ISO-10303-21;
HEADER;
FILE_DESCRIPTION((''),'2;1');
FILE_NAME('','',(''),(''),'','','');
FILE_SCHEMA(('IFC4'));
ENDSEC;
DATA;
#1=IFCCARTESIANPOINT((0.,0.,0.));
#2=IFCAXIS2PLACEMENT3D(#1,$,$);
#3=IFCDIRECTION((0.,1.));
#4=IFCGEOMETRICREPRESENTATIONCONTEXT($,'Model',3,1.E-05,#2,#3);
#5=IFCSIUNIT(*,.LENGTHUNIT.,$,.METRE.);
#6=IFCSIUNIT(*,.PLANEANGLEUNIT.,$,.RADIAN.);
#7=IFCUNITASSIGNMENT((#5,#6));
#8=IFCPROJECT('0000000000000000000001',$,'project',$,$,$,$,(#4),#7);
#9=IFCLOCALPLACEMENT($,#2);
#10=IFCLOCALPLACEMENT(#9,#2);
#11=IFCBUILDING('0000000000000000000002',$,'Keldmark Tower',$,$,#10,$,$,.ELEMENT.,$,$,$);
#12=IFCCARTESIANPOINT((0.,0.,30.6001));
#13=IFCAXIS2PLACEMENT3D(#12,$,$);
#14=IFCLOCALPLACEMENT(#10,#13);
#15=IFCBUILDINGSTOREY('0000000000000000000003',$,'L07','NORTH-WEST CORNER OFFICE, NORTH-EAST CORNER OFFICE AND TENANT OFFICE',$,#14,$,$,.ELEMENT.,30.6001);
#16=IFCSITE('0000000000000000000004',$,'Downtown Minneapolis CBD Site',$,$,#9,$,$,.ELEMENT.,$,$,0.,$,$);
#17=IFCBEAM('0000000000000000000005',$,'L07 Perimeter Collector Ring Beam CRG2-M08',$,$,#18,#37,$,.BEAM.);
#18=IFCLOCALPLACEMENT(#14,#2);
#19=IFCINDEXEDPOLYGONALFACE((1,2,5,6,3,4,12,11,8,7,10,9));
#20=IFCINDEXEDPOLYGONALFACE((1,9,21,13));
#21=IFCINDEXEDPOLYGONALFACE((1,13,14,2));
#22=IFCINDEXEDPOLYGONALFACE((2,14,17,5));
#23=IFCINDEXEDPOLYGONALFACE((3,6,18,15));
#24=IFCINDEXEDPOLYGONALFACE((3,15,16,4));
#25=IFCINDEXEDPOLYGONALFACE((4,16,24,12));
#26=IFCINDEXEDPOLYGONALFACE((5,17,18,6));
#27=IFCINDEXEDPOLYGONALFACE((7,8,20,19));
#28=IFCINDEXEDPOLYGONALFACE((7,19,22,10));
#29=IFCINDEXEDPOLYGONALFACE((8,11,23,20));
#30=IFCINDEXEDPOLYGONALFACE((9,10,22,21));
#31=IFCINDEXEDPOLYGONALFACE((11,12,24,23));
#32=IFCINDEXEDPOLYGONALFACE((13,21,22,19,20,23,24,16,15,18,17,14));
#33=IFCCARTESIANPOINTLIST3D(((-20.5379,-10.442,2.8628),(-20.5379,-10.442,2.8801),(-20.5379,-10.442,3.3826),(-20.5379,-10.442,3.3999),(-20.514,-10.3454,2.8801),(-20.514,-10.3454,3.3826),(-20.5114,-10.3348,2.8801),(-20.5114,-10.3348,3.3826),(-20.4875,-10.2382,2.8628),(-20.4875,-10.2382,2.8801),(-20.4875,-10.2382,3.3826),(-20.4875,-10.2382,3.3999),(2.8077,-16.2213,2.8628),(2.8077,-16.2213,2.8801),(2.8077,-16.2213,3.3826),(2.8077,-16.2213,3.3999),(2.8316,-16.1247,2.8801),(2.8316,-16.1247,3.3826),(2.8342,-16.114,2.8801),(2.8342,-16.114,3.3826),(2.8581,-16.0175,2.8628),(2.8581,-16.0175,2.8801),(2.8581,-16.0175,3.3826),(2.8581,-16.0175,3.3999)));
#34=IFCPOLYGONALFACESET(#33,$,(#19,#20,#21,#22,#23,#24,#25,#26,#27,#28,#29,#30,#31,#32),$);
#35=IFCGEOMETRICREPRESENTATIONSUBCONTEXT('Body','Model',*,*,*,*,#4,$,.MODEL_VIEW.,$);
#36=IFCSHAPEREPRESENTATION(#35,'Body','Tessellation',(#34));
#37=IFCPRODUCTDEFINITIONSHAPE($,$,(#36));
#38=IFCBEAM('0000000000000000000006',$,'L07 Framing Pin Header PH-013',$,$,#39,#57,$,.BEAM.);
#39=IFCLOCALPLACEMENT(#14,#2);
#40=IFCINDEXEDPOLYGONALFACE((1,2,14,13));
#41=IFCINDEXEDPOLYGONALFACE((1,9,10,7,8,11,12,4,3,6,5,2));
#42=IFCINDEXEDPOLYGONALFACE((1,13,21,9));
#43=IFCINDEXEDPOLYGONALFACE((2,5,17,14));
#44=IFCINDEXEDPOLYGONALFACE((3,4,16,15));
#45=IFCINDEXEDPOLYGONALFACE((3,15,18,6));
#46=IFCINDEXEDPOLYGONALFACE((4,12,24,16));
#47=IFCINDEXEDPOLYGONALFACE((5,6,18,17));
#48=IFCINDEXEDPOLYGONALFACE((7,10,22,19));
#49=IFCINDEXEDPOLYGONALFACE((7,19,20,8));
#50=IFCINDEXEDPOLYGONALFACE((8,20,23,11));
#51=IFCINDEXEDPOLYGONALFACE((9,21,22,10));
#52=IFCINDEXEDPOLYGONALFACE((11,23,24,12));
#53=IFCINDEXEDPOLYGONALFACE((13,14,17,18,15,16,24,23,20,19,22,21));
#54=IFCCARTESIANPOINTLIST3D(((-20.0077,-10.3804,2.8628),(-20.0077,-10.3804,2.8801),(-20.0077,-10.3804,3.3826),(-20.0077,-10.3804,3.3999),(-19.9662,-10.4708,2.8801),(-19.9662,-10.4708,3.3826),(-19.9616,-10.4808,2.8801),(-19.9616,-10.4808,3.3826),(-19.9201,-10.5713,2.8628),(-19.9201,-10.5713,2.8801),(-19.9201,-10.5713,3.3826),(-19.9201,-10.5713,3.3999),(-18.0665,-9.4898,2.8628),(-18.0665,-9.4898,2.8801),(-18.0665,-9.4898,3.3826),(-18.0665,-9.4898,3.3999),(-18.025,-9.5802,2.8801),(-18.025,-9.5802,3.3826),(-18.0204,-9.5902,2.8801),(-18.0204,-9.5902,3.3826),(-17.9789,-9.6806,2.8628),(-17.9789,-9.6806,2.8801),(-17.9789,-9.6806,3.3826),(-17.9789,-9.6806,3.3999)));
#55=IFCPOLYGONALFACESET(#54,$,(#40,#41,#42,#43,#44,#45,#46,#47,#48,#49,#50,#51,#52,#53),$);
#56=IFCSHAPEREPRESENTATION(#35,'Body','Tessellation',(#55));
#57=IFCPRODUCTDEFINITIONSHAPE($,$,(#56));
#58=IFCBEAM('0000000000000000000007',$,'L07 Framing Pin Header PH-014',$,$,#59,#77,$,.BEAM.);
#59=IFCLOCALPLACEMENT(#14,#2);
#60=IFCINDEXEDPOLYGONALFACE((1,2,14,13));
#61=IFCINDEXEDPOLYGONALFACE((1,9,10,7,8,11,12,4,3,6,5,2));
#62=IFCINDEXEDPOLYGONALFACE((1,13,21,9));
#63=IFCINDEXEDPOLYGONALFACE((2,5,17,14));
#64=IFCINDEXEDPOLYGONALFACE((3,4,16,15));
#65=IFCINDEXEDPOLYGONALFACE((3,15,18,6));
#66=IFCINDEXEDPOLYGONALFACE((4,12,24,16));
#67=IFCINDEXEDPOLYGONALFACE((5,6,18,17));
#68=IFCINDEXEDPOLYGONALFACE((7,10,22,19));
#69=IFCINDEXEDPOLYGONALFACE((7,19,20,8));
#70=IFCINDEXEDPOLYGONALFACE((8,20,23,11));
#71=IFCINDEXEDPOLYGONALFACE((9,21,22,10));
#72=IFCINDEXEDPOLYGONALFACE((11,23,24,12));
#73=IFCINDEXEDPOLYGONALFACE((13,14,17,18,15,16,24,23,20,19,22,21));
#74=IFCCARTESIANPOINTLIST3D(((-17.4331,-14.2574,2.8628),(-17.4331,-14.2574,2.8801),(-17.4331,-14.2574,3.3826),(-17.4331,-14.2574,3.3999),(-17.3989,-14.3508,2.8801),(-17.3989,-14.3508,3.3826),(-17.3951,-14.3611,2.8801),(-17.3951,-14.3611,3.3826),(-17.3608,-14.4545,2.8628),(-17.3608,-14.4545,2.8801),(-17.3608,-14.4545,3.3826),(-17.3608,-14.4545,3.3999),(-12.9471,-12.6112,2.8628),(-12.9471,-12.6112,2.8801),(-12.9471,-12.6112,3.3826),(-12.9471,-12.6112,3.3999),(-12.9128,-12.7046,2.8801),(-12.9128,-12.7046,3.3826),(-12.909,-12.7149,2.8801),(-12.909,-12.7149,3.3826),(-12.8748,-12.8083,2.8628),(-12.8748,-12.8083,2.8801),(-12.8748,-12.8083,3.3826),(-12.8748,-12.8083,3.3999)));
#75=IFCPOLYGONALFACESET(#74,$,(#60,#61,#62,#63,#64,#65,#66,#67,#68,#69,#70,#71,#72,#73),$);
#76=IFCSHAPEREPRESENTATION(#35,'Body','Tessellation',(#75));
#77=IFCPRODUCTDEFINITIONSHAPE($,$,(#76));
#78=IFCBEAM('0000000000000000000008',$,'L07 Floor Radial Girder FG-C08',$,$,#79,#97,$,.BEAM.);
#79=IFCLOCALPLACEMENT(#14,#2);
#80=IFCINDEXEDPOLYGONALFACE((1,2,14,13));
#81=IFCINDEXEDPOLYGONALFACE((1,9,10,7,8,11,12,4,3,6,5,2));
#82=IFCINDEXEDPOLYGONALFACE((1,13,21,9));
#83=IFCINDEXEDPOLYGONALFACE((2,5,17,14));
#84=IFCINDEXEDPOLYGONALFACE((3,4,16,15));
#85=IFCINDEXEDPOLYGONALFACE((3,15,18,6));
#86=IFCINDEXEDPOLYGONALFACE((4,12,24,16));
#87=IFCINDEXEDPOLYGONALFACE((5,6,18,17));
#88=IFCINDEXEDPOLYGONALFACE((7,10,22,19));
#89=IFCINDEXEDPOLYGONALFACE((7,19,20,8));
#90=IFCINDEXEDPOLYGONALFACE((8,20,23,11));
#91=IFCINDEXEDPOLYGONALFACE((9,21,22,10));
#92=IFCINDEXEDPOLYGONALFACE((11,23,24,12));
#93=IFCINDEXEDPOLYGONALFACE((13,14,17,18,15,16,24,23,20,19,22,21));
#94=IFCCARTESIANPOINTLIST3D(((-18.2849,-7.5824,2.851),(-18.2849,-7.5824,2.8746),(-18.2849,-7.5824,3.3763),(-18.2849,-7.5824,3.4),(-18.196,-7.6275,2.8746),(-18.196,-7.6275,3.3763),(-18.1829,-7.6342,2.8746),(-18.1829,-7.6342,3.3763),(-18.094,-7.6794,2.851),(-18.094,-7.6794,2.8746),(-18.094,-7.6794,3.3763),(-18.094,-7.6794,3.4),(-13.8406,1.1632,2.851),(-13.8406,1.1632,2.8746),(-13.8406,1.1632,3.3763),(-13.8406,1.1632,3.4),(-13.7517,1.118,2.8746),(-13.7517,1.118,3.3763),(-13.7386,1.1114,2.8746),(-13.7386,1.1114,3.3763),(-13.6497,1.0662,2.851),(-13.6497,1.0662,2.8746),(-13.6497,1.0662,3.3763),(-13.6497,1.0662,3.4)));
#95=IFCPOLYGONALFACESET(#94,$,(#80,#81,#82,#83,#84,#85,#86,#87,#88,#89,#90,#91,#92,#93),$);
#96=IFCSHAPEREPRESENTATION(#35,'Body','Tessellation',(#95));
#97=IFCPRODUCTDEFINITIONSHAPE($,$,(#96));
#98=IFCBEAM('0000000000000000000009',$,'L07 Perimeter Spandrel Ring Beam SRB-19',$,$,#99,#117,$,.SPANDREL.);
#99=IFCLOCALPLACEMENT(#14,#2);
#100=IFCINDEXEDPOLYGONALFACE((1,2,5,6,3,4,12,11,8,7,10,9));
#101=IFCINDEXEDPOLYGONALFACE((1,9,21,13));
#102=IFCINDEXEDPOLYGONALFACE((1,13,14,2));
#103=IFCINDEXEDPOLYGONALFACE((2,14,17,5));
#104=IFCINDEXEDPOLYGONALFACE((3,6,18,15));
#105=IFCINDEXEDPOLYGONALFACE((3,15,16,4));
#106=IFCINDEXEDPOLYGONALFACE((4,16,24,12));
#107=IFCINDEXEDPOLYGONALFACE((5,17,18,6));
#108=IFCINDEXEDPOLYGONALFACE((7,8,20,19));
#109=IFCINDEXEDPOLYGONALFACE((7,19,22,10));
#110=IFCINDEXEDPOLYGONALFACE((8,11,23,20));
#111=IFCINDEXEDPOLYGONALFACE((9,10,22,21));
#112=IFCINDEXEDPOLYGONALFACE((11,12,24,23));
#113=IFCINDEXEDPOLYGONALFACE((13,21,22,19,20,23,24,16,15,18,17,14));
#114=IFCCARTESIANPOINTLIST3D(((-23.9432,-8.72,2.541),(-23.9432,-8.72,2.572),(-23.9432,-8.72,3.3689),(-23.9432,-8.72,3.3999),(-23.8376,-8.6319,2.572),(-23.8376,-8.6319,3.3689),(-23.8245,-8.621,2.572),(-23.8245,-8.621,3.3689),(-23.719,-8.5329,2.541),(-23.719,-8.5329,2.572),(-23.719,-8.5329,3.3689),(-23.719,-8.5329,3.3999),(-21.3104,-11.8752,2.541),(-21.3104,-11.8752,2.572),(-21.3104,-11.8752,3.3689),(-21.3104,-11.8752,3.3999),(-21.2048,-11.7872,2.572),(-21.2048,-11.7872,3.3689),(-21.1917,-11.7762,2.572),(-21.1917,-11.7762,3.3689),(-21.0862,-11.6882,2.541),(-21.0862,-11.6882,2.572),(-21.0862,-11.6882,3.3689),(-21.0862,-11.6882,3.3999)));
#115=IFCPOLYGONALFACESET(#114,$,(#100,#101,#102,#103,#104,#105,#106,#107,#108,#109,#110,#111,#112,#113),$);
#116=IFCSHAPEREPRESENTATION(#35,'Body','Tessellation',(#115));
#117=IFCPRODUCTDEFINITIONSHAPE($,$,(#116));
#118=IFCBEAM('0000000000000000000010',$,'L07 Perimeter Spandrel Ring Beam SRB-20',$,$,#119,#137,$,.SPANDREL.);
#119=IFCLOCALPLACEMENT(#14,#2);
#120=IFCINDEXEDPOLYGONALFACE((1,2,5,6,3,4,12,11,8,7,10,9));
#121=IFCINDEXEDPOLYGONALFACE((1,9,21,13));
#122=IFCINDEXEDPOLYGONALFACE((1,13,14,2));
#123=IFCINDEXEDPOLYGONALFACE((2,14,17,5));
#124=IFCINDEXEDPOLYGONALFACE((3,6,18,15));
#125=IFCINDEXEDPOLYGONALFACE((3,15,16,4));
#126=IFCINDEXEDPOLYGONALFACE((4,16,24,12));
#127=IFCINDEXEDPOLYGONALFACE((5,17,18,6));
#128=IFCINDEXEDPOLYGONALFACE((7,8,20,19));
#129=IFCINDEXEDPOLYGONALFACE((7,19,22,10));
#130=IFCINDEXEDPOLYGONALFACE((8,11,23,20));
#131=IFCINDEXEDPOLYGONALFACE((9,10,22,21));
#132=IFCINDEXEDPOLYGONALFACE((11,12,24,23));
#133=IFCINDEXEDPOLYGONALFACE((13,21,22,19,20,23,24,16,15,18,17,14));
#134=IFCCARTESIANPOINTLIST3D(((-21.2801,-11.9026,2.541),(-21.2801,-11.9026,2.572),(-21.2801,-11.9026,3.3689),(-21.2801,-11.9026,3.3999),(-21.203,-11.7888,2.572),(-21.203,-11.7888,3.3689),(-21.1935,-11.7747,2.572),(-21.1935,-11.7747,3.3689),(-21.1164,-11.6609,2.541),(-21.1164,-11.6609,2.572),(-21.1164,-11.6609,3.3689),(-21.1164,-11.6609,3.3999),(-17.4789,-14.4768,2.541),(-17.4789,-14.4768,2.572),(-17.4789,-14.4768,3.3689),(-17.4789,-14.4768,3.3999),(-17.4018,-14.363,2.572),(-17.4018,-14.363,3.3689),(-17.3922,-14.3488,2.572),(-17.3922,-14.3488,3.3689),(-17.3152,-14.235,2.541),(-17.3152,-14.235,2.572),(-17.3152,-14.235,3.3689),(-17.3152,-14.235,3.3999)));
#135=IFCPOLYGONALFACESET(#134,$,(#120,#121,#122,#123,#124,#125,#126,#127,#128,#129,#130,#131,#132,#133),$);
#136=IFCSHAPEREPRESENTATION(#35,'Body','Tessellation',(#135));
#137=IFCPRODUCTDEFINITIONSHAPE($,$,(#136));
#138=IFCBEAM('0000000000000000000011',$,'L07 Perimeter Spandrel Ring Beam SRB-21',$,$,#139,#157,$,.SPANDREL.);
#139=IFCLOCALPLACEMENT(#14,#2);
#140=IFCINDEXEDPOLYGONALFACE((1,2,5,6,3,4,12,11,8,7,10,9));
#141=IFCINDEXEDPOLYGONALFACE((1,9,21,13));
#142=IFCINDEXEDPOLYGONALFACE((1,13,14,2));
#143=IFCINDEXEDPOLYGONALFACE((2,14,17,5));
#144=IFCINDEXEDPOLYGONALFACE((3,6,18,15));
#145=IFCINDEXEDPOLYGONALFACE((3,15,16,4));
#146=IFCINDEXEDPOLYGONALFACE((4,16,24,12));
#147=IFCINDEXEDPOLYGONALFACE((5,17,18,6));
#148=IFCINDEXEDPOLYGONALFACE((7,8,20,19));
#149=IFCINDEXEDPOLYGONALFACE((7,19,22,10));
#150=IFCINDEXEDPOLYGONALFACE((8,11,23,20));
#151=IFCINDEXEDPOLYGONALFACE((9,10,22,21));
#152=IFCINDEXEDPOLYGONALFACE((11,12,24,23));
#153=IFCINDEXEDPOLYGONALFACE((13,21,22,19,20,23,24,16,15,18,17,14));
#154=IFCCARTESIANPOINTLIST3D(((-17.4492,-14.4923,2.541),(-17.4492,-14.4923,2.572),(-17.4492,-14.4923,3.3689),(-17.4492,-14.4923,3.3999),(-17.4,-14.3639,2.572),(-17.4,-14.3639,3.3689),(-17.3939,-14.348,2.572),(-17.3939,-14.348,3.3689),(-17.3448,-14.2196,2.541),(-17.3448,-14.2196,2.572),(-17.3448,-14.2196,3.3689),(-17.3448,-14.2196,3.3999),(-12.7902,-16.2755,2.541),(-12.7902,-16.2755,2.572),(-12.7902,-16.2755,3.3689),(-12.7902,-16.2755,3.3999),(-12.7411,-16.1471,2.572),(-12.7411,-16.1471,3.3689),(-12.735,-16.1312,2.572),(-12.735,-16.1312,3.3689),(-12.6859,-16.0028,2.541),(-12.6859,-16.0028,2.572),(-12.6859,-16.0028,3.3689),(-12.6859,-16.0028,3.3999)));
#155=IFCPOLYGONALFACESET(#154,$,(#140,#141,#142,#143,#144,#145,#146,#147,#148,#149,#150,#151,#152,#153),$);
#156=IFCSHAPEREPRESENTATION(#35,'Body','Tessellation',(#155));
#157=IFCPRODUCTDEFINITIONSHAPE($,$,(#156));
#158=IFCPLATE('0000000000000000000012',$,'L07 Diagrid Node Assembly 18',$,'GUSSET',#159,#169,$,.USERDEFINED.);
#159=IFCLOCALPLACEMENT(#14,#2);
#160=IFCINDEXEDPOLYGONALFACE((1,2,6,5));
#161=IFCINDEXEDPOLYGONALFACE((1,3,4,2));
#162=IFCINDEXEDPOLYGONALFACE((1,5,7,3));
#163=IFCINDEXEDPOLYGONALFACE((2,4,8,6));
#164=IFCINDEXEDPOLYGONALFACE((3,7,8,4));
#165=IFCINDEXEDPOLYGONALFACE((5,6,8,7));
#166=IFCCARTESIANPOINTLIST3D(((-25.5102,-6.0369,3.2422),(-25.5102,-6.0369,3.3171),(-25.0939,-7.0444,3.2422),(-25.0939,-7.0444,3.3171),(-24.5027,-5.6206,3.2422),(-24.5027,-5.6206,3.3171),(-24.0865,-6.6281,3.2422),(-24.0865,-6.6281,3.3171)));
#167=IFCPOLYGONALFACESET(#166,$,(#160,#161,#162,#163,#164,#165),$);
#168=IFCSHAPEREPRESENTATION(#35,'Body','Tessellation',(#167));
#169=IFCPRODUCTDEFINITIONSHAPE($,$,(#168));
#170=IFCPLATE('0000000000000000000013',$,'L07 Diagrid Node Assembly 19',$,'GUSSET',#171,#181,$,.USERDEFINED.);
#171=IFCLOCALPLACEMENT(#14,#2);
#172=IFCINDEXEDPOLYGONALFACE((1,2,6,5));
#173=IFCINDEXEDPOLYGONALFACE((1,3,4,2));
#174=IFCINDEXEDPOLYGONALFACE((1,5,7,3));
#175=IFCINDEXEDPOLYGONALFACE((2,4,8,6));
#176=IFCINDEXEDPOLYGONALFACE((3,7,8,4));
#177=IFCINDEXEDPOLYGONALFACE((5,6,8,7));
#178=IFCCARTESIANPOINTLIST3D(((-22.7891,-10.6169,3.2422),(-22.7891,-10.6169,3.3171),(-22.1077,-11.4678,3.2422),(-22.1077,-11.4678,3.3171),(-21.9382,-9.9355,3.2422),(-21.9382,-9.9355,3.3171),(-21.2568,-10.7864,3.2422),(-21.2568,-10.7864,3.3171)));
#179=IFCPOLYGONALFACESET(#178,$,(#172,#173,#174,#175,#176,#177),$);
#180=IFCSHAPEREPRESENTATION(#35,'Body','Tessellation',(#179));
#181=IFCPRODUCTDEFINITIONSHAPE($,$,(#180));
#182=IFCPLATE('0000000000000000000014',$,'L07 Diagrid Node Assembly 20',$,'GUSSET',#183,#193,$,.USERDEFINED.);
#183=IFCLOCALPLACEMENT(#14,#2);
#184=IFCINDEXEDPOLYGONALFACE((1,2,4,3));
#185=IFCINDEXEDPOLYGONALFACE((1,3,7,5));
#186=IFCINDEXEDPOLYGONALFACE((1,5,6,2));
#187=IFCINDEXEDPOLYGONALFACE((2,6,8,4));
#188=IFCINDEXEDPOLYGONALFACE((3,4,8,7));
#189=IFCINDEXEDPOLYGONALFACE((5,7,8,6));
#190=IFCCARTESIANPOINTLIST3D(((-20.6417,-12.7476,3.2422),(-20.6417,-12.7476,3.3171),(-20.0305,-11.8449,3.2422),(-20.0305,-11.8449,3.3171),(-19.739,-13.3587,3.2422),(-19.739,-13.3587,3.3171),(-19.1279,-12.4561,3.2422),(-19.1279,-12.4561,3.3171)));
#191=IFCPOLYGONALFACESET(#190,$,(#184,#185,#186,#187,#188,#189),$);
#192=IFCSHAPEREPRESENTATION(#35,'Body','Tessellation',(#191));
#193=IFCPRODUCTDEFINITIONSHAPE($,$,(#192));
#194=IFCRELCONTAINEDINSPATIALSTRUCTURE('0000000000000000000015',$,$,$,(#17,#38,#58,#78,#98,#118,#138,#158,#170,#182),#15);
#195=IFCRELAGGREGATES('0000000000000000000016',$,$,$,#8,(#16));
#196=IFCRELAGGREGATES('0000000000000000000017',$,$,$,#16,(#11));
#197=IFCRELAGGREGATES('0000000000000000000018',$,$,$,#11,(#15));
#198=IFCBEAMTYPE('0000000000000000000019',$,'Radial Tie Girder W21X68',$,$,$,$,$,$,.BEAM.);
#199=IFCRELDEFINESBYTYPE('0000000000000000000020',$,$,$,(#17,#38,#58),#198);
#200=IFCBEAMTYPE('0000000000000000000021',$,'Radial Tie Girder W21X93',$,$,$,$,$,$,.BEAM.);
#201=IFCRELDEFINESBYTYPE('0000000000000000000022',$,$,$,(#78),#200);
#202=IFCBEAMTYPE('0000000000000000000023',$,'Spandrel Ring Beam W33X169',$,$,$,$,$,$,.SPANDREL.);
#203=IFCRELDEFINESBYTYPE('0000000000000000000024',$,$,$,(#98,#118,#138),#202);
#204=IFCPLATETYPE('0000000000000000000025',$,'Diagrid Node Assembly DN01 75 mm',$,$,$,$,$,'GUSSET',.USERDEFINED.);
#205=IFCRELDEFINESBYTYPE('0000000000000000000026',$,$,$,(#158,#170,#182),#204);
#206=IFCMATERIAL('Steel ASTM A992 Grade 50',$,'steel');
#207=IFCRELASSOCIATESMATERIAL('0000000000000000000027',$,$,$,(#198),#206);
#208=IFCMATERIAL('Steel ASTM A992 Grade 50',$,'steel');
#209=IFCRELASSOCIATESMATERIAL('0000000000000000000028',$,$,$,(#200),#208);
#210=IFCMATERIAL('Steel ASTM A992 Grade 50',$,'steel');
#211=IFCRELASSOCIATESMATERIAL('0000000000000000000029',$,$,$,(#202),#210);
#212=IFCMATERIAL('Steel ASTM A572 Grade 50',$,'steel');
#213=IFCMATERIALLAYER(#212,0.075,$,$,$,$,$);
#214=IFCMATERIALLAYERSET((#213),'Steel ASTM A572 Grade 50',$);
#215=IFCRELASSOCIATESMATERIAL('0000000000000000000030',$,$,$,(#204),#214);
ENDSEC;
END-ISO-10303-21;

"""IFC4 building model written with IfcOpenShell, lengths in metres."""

from ifc_helpers import new_model, si_unit, direction, frame, origin, origin_2d, place, context, subcontext, project, spatial, rectangle, i_section, extrude, material, layer, layer_set, material_profile, profile_set, type_object, element, save


model = new_model("IFC4")

# Units and contexts
model_context = context("Model", 3, precision=1e-05, world=origin(), true_north=direction((0.0, 1.0)))
body_context = subcontext(model_context, "Body", "Model", "MODEL_VIEW")
ifc_project = project(units=[si_unit("LENGTHUNIT", "METRE"), si_unit("PLANEANGLEUNIT", "RADIAN")], contexts=[model_context])

# Site, building, storey
site_placement = place(None, origin())
site = spatial("IfcSite", under=ifc_project, at=site_placement, Name="Downtown Minneapolis CBD Site", CompositionType="ELEMENT", RefElevation=0.0)
building_placement = place(site_placement, origin())
building = spatial("IfcBuilding", under=site, at=building_placement, Name="Keldmark Tower", CompositionType="ELEMENT")
storey_placement = place(building_placement, frame((0.0, 0.0, 30.6001)))
storey = spatial("IfcBuildingStorey", under=building, at=storey_placement, Name="L07", Description="NORTH-WEST CORNER OFFICE, NORTH-EAST CORNER OFFICE AND TENANT OFFICE", CompositionType="ELEMENT", Elevation=30.6001)

# Beams
ifc_material_1 = material(Name="Steel ASTM A992 Grade 50", Category="steel")
ifc_material_profile_1 = material_profile(ifc_material_1, i_section(OverallWidth=0.21, OverallDepth=0.5371, WebThickness=0.011, FlangeThickness=0.0173, at=origin_2d()), Name="W21X68")
ifc_profile_set_1 = profile_set([ifc_material_profile_1], Name="Steel ASTM A992 Grade 50")
beam_type_1 = type_object("IfcBeamType", Name="Radial Tie Girder W21X68", PredefinedType="BEAM", material=ifc_profile_set_1)
beam_1_placement = place(storey_placement, frame((-20.5127, -10.3401, 3.1313), z_axis=(0.970699, -0.240299, 0.0), x_axis=(0.240299, 0.970699, 0.0)))
element("IfcBeam", 1, at=beam_1_placement, inside=storey, type_object=beam_type_1, Name="L07 Perimeter Collector Ring Beam CRG2-M08", PredefinedType="BEAM", context=body_context, shape_type="SweptSolid", body=[
    extrude(i_section(OverallWidth=0.21, OverallDepth=0.5371, WebThickness=0.011, FlangeThickness=0.0173, at=origin_2d()), origin(), (0.0, 0.0, 1.0), 24.0503),
])
beam_2_placement = place(storey_placement, frame((-18.0227, -9.5852, 3.1313), z_axis=(-0.908901, -0.417013, 0.0), x_axis=(0.417013, -0.908901, 0.0)))
element("IfcBeam", 2, at=beam_2_placement, inside=storey, type_object=beam_type_1, Name="L07 Framing Pin Header PH-013", PredefinedType="BEAM", context=body_context, shape_type="SweptSolid", body=[
    extrude(i_section(OverallWidth=0.21, OverallDepth=0.5371, WebThickness=0.011, FlangeThickness=0.0173, at=origin_2d()), origin(), (0.0, 0.0, 1.0), 2.1357),
])
beam_3_placement = place(storey_placement, frame((-17.397, -14.356, 3.1313), z_axis=(0.938785, 0.344502, 0.0), x_axis=(-0.344502, 0.938785, 0.0)))
element("IfcBeam", 3, at=beam_3_placement, inside=storey, type_object=beam_type_1, Name="L07 Framing Pin Header PH-014", PredefinedType="BEAM", context=body_context, shape_type="SweptSolid", body=[
    extrude(i_section(OverallWidth=0.21, OverallDepth=0.5371, WebThickness=0.011, FlangeThickness=0.0173, at=origin_2d()), origin(), (0.0, 0.0, 1.0), 4.7786),
])
ifc_material_2 = material(Name="Steel ASTM A992 Grade 50", Category="steel")
ifc_material_profile_2 = material_profile(ifc_material_2, i_section(OverallWidth=0.2141, OverallDepth=0.5491, WebThickness=0.0146, FlangeThickness=0.0237, at=origin_2d()), Name="W21X93")
ifc_profile_set_2 = profile_set([ifc_material_profile_2], Name="Steel ASTM A992 Grade 50")
beam_type_2 = type_object("IfcBeamType", Name="Radial Tie Girder W21X93", PredefinedType="BEAM", material=ifc_profile_set_2)
beam_4_placement = place(storey_placement, frame((-18.1895, -7.6309, 3.1255), z_axis=(0.453038, 0.891491, 0.0), x_axis=(-0.891491, 0.453038, 0.0)))
element("IfcBeam", 4, at=beam_4_placement, inside=storey, type_object=beam_type_2, Name="L07 Floor Radial Girder FG-C08", PredefinedType="BEAM", context=body_context, shape_type="SweptSolid", body=[
    extrude(i_section(OverallWidth=0.2141, OverallDepth=0.5491, WebThickness=0.0146, FlangeThickness=0.0237, at=origin_2d()), origin(), (0.0, 0.0, 1.0), 9.8101),
])
ifc_material_3 = material(Name="Steel ASTM A992 Grade 50", Category="steel")
ifc_material_profile_3 = material_profile(ifc_material_3, i_section(OverallWidth=0.292, OverallDepth=0.8589, WebThickness=0.0171, FlangeThickness=0.031, at=origin_2d()), Name="W33X169")
ifc_profile_set_3 = profile_set([ifc_material_profile_3], Name="Steel ASTM A992 Grade 50")
beam_type_3 = type_object("IfcBeamType", Name="Spandrel Ring Beam W33X169", PredefinedType="SPANDREL", material=ifc_profile_set_3)
beam_5_placement = place(storey_placement, frame((-23.8311, -8.6265, 2.9705), z_axis=(0.640675, -0.767812, 0.0), x_axis=(0.767812, 0.640675, 0.0)))
element("IfcBeam", 5, at=beam_5_placement, inside=storey, type_object=beam_type_3, Name="L07 Perimeter Spandrel Ring Beam SRB-19", PredefinedType="SPANDREL", context=body_context, shape_type="SweptSolid", body=[
    extrude(i_section(OverallWidth=0.292, OverallDepth=0.8589, WebThickness=0.0171, FlangeThickness=0.031, at=origin_2d()), origin(), (0.0, 0.0, 1.0), 4.1094),
])
beam_6_placement = place(storey_placement, frame((-21.1982, -11.7817, 2.9705), z_axis=(0.828003, -0.560723, 0.0), x_axis=(0.560723, 0.828003, 0.0)))
element("IfcBeam", 6, at=beam_6_placement, inside=storey, type_object=beam_type_3, Name="L07 Perimeter Spandrel Ring Beam SRB-20", PredefinedType="SPANDREL", context=body_context, shape_type="SweptSolid", body=[
    extrude(i_section(OverallWidth=0.292, OverallDepth=0.8589, WebThickness=0.0171, FlangeThickness=0.031, at=origin_2d()), origin(), (0.0, 0.0, 1.0), 4.5908),
])
beam_7_placement = place(storey_placement, frame((-17.397, -14.356, 2.9705), z_axis=(0.933928, -0.35746, 0.0), x_axis=(0.35746, 0.933928, 0.0)))
element("IfcBeam", 7, at=beam_7_placement, inside=storey, type_object=beam_type_3, Name="L07 Perimeter Spandrel Ring Beam SRB-21", PredefinedType="SPANDREL", context=body_context, shape_type="SweptSolid", body=[
    extrude(i_section(OverallWidth=0.292, OverallDepth=0.8589, WebThickness=0.0171, FlangeThickness=0.031, at=origin_2d()), origin(), (0.0, 0.0, 1.0), 4.9885),
])

# Plates
ifc_material_4 = material(Name="Steel ASTM A572 Grade 50", Category="steel")
ifc_layer_1 = layer(ifc_material_4, 0.075)
ifc_layer_set_1 = layer_set([ifc_layer_1], Name="Steel ASTM A572 Grade 50")
plate_type = type_object("IfcPlateType", Name="Diagrid Node Assembly DN01 75 mm", ElementType="GUSSET", PredefinedType="USERDEFINED", material=ifc_layer_set_1)
for number, where, z_axis, x_axis, name in (
    (8, (-24.7983, -6.3325, 3.2422), (0.0, 0.0, 1.0), (0.381877, -0.924213, 0.0), "L07 Diagrid Node Assembly 18"),
    (9, (-22.0229, -10.7017, 3.2422), (0.0, 0.0, 1.0), (0.625106, -0.78054, 0.0), "L07 Diagrid Node Assembly 19"),
    (10, (-19.8848, -12.6018, 3.2422), (0.0, 0.0, 1.0), (0.82806, -0.560639, 0.0), "L07 Diagrid Node Assembly 20"),
):
    element("IfcPlate", number, at=place(storey_placement, frame(where, z_axis=z_axis, x_axis=x_axis)), inside=storey, type_object=plate_type, Name=name, ObjectType="GUSSET", PredefinedType="USERDEFINED", context=body_context, shape_type="SweptSolid", body=[
        extrude(rectangle(XDim=1.0901, YDim=1.0901, at=origin_2d()), origin(), (0.0, 0.0, 1.0), 0.075),
    ])

save(model, "model.ifc")
